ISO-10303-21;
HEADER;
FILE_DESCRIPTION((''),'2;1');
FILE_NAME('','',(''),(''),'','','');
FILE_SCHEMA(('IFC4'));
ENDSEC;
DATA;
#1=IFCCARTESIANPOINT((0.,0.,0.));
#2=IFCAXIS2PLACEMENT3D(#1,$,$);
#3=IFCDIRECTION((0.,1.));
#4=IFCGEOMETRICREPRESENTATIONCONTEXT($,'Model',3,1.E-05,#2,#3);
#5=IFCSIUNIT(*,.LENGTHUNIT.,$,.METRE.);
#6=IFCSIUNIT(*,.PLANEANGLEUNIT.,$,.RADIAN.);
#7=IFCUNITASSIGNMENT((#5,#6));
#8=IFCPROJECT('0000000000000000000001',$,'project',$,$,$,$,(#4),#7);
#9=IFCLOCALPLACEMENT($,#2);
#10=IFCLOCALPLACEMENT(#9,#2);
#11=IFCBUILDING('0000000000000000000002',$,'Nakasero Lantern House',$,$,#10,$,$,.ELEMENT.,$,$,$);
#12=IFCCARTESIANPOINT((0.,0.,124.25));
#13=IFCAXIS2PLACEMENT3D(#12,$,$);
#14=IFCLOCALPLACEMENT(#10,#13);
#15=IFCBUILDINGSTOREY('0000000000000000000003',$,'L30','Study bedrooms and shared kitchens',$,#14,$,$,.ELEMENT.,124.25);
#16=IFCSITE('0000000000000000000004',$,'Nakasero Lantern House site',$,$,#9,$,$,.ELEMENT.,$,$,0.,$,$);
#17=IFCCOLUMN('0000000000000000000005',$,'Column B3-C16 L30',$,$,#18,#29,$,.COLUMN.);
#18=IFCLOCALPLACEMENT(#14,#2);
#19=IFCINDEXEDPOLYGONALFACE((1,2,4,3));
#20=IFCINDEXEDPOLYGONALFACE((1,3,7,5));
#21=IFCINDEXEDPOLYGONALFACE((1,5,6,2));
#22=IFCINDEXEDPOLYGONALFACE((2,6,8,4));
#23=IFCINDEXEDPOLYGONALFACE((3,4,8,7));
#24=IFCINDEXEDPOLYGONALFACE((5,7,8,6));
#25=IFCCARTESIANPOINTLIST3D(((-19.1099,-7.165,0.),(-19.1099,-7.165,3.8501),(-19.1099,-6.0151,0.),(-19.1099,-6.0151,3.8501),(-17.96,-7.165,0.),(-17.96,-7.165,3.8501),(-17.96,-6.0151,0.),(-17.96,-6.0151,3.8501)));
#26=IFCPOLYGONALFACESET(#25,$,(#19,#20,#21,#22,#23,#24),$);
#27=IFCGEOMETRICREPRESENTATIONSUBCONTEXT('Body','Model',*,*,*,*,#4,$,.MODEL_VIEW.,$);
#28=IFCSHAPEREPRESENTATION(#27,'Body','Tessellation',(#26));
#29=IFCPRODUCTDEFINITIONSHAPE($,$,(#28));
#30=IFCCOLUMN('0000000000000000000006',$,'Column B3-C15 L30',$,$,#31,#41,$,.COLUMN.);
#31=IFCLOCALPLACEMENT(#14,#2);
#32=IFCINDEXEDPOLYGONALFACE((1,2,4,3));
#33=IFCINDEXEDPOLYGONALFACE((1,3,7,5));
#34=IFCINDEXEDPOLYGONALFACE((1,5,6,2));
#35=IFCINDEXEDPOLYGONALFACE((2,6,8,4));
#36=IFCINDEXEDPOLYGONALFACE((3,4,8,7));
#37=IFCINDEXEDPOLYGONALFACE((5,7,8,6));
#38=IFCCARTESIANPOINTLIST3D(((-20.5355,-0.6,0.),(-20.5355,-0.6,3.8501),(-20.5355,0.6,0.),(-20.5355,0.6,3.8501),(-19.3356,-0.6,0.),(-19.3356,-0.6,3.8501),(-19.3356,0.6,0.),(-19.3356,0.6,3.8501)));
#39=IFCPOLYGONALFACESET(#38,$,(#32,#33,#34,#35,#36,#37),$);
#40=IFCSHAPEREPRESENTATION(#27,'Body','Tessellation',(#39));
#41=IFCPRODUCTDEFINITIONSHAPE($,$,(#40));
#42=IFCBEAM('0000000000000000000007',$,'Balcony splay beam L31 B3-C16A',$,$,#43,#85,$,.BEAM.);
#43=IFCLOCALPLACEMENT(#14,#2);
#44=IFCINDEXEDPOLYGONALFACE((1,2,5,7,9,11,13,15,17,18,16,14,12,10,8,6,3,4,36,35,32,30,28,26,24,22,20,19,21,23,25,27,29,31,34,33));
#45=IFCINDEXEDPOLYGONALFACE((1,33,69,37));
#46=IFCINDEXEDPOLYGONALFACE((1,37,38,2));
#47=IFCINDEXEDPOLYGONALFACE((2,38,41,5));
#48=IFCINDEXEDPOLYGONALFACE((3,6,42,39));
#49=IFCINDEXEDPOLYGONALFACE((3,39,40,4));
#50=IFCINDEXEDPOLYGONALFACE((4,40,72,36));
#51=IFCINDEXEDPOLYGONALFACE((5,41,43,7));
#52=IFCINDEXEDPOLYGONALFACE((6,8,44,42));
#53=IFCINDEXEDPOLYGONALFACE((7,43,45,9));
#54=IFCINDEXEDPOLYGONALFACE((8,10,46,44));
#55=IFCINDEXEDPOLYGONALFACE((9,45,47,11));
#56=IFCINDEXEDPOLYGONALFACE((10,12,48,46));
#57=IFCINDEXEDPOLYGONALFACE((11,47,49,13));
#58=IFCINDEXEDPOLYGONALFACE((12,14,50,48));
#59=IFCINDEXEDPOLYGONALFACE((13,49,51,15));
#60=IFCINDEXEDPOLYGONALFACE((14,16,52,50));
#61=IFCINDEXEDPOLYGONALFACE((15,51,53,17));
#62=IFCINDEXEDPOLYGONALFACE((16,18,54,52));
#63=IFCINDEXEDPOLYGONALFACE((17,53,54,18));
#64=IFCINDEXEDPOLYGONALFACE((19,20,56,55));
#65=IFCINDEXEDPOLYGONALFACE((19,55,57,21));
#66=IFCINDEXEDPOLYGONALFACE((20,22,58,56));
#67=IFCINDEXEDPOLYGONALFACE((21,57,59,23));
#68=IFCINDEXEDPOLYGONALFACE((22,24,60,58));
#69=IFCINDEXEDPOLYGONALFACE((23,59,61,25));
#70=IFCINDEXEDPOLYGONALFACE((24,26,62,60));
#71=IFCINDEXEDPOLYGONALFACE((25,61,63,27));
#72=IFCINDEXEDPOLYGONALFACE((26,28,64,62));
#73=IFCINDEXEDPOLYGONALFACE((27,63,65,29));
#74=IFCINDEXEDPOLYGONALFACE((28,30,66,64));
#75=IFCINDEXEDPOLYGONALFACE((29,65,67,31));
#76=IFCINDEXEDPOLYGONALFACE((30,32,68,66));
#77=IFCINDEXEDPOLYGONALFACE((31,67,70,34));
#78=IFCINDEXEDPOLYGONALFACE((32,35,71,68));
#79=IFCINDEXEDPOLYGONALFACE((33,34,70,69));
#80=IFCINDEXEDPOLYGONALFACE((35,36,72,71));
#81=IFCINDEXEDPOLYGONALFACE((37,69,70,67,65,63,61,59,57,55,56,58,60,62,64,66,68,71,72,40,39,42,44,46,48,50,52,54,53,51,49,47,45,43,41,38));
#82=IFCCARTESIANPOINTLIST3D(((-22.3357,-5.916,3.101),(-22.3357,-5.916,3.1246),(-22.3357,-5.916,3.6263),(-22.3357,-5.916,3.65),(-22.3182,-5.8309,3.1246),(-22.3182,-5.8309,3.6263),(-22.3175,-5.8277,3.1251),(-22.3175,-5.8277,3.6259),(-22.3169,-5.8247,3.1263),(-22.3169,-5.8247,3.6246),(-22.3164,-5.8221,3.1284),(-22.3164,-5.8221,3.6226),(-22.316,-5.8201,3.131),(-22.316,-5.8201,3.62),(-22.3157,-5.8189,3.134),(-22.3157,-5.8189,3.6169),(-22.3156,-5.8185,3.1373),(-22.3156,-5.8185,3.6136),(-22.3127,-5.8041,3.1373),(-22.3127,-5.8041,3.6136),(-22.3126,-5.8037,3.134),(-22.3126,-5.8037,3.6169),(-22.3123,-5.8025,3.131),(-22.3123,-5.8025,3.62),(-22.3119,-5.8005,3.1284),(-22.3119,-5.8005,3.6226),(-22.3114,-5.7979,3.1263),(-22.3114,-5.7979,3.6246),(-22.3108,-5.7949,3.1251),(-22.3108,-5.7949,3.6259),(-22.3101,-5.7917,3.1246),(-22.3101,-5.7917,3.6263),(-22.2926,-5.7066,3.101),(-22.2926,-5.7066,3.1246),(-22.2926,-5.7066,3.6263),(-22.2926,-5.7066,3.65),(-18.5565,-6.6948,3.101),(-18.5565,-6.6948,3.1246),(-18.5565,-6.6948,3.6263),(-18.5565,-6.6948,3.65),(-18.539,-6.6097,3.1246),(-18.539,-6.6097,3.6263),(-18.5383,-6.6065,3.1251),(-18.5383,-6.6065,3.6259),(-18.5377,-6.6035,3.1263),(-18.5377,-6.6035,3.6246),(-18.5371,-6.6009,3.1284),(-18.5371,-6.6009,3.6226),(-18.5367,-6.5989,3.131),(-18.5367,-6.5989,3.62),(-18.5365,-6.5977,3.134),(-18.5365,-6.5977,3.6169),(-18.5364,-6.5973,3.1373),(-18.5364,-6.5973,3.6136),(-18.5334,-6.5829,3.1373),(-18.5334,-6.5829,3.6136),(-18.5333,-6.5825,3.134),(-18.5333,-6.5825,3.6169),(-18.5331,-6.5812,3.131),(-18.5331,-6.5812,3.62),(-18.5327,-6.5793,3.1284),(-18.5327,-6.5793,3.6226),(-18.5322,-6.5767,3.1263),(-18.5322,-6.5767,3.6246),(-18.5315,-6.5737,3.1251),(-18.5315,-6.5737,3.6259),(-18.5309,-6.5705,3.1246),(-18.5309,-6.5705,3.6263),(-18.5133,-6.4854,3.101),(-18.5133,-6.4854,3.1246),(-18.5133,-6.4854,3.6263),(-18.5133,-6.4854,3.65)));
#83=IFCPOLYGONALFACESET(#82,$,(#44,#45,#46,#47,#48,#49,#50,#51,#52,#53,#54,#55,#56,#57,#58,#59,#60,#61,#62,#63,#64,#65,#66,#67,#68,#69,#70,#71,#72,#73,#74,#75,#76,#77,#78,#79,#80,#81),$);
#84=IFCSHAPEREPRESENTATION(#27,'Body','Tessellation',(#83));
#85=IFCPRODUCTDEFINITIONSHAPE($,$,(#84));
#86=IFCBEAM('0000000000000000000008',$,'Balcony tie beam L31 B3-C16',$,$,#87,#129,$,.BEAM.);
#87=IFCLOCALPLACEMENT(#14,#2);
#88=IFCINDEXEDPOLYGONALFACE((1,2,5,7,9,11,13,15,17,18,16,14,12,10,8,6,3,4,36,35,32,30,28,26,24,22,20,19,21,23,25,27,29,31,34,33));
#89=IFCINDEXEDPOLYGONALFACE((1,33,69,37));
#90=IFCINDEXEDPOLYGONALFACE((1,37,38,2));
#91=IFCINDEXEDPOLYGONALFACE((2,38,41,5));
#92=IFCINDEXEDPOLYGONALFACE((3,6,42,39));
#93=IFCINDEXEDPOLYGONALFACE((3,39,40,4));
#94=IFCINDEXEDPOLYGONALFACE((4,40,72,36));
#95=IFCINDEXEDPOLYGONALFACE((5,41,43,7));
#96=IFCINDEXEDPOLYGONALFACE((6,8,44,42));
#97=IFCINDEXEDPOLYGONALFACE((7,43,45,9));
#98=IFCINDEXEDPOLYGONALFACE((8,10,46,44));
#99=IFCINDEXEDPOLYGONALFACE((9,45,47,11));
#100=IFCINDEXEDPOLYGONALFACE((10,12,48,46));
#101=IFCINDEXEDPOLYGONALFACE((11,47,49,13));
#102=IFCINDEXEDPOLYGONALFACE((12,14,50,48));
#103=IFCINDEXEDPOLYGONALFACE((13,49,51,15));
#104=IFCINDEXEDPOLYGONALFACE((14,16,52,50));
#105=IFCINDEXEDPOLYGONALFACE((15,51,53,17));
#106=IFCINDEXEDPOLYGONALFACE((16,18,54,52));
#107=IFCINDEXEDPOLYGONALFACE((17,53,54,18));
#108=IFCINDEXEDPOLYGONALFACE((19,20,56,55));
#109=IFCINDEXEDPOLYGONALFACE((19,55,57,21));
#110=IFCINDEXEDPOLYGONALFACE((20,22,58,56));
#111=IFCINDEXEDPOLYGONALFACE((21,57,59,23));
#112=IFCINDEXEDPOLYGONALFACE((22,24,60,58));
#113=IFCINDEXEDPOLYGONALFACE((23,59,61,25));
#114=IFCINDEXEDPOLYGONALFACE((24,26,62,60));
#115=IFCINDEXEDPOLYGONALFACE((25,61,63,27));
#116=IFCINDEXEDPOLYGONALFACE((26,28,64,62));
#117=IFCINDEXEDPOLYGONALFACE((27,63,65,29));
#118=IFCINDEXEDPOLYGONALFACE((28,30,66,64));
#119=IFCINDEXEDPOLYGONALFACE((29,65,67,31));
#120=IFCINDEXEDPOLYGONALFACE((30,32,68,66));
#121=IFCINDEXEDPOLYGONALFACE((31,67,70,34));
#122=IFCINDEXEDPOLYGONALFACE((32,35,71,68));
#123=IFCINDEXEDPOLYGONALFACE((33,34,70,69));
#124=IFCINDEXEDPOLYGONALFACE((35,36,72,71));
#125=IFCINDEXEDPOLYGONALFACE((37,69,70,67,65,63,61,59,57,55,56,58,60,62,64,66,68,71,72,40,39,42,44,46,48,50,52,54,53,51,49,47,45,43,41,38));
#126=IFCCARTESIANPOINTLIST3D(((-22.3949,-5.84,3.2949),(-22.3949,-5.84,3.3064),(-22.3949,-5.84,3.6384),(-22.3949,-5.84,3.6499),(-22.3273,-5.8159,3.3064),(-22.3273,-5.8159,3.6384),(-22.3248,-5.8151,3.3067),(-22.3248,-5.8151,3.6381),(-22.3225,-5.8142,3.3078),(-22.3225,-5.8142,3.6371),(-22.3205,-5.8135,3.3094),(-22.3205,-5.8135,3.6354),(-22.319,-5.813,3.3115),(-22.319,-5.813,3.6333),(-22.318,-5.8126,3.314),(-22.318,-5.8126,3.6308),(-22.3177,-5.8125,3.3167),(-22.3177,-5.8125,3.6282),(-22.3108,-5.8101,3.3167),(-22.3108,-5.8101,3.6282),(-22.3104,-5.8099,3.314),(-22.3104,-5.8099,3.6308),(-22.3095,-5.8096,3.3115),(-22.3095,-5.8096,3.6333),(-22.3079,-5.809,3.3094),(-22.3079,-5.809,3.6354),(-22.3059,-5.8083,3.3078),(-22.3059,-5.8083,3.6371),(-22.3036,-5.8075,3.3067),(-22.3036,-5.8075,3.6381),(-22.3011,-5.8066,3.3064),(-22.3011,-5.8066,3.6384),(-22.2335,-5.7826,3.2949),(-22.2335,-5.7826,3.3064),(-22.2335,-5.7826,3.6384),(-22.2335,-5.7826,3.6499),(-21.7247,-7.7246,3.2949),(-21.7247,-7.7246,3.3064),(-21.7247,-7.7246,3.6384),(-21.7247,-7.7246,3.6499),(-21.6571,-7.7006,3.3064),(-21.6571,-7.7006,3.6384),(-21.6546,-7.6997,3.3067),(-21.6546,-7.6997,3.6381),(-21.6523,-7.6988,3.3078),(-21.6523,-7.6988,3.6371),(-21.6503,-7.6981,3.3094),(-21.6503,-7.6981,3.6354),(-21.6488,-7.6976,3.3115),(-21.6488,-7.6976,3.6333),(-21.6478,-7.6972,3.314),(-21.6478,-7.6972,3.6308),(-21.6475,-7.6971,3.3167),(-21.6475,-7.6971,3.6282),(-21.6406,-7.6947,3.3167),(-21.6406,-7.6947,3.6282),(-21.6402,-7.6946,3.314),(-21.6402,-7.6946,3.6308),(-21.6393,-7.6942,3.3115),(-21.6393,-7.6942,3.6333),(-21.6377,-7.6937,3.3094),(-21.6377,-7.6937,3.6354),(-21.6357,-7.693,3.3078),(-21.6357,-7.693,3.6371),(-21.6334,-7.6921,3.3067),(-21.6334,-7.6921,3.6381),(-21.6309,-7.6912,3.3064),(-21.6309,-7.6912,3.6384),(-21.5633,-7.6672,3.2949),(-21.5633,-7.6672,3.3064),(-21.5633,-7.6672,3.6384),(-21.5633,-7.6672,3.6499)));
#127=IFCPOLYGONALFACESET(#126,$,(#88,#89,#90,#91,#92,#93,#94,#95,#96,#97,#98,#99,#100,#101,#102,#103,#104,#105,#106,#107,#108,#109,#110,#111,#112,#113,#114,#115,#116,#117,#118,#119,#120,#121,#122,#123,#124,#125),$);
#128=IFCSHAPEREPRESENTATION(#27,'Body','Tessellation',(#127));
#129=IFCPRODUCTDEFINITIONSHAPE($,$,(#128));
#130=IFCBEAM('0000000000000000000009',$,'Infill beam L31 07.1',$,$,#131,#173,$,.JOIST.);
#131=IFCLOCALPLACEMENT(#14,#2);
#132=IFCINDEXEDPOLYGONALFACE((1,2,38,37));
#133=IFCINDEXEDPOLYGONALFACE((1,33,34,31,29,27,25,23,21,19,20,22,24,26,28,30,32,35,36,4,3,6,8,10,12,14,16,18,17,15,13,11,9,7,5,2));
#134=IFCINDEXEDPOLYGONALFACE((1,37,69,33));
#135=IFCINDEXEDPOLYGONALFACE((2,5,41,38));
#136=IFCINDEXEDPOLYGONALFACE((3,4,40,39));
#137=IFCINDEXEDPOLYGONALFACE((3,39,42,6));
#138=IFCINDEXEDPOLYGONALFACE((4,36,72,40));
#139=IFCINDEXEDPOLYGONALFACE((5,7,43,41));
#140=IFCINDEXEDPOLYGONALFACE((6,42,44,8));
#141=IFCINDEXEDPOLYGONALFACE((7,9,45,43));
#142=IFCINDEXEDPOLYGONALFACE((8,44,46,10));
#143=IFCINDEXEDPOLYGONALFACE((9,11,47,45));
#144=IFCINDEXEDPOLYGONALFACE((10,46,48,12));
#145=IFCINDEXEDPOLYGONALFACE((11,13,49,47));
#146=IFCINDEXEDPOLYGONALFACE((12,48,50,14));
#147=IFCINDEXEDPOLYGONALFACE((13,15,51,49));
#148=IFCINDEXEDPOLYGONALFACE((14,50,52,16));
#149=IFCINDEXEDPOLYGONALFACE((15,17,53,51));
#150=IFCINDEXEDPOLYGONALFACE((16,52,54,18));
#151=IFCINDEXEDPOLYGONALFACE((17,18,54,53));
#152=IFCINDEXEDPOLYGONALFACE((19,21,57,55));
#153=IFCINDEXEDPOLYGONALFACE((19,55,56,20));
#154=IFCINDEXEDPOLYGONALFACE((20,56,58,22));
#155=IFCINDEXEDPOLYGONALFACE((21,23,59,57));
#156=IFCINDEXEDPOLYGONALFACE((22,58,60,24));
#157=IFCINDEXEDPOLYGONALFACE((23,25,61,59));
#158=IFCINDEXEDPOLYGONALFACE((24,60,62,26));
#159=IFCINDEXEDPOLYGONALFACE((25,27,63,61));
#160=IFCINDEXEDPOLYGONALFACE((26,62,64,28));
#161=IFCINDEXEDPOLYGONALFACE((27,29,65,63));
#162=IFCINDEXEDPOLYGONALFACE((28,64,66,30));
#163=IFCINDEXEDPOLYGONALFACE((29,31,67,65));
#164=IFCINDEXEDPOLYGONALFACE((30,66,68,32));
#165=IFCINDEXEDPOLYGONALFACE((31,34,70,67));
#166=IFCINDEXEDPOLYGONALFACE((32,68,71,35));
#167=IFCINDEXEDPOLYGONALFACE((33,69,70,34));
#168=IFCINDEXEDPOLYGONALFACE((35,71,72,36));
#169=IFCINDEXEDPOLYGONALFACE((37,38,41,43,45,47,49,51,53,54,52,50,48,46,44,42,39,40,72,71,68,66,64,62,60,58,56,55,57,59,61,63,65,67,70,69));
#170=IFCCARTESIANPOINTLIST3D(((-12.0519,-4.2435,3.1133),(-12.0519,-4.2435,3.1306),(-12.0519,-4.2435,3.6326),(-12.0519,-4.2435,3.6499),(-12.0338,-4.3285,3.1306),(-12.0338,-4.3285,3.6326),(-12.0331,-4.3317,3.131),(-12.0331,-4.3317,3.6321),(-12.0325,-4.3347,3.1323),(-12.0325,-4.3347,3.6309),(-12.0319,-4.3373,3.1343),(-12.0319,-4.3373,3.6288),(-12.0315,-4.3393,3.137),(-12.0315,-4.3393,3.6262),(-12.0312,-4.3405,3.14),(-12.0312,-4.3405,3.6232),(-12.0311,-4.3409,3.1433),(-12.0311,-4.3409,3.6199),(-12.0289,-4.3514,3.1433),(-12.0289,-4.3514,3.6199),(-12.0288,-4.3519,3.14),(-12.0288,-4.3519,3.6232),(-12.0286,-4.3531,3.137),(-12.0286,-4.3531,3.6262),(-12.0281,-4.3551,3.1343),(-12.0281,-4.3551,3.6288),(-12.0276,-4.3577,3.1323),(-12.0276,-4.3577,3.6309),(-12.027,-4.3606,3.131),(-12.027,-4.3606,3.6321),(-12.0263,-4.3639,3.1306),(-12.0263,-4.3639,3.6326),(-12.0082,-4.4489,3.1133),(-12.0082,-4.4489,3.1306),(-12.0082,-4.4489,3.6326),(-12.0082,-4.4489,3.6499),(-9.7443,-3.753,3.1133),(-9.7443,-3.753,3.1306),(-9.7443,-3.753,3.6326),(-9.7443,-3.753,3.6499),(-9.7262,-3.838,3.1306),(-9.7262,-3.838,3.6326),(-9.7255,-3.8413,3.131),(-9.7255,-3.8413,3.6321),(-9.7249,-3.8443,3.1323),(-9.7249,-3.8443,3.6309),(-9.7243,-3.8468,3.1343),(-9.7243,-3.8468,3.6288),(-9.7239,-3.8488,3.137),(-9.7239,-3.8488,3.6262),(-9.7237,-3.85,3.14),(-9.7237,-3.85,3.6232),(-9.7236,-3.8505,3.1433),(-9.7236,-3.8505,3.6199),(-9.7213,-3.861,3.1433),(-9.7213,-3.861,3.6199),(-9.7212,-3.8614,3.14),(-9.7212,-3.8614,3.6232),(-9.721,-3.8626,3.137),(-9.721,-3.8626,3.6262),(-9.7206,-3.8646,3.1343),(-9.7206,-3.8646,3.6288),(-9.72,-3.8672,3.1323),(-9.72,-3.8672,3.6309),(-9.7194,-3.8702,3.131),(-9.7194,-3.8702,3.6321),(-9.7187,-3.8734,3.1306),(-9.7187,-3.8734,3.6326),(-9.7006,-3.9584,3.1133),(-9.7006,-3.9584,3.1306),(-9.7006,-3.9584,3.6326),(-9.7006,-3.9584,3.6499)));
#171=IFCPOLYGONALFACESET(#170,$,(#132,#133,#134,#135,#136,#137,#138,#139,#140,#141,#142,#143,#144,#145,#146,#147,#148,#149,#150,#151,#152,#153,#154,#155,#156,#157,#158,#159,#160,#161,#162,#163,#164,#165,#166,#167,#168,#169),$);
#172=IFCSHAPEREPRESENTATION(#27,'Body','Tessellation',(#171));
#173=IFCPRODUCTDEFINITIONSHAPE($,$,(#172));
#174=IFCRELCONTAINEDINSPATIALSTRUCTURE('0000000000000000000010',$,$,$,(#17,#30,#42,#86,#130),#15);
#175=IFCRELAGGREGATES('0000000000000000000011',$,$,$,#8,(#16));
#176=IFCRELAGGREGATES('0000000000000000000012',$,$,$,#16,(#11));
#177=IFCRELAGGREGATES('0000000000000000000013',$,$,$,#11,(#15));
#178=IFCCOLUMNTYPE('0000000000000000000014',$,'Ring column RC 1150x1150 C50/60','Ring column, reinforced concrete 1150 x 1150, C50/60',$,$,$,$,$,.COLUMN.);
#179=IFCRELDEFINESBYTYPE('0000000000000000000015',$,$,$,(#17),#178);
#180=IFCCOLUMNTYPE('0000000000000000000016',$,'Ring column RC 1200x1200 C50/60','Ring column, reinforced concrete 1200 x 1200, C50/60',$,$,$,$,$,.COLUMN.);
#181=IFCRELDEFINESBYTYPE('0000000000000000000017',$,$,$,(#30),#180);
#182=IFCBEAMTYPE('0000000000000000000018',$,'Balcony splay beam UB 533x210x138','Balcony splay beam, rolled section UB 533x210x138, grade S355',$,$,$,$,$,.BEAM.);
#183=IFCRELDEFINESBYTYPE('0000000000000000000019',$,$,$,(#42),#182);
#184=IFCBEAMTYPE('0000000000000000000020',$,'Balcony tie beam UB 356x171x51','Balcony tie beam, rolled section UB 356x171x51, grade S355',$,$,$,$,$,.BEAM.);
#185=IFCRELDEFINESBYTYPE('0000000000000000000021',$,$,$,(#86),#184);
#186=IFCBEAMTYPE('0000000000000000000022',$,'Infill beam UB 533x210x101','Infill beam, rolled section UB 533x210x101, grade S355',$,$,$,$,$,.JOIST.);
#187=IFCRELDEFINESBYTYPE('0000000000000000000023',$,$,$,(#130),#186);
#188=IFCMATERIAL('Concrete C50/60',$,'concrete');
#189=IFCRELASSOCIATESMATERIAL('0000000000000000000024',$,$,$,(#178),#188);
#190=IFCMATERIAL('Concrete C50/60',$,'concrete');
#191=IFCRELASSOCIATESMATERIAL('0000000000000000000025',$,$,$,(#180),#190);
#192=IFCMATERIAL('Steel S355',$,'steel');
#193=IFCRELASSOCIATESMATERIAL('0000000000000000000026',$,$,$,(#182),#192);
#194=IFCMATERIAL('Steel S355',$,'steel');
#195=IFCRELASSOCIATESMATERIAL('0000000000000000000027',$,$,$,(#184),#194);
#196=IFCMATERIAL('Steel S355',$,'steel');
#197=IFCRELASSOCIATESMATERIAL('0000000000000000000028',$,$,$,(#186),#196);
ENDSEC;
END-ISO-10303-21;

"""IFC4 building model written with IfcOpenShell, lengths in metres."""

from ifc_helpers import new_model, si_unit, direction, frame, origin, origin_2d, place, context, subcontext, project, spatial, rectangle, i_section, extrude, material, material_profile, profile_set, type_object, element, save


model = new_model("IFC4")

# Units and contexts
model_context = context("Model", 3, precision=1e-05, world=origin(), true_north=direction((0.0, 1.0)))
body_context = subcontext(model_context, "Body", "Model", "MODEL_VIEW")
ifc_project = project(units=[si_unit("LENGTHUNIT", "METRE"), si_unit("PLANEANGLEUNIT", "RADIAN")], contexts=[model_context])

# Site, building, storey
site_placement = place(None, origin())
site = spatial("IfcSite", under=ifc_project, at=site_placement, Name="Nakasero Lantern House site", CompositionType="ELEMENT", RefElevation=0.0)
building_placement = place(site_placement, origin())
building = spatial("IfcBuilding", under=site, at=building_placement, Name="Nakasero Lantern House", CompositionType="ELEMENT")
storey_placement = place(building_placement, frame((0.0, 0.0, 124.25)))
storey = spatial("IfcBuildingStorey", under=building, at=storey_placement, Name="L30", Description="Study bedrooms and shared kitchens", CompositionType="ELEMENT", Elevation=124.25)

# Columns
ifc_material_1 = material(Name="Concrete C50/60", Category="concrete")
ifc_material_profile_1 = material_profile(ifc_material_1, rectangle(XDim=1.1499, YDim=1.1499, at=origin_2d()), Name="RC 1150x1150")
ifc_profile_set_1 = profile_set([ifc_material_profile_1], Name="Concrete C50/60")
column_type_1 = type_object("IfcColumnType", Name="Ring column RC 1150x1150 C50/60", Description="Ring column, reinforced concrete 1150 x 1150, C50/60", PredefinedType="COLUMN", material=ifc_profile_set_1)
column_1_placement = place(storey_placement, frame((-18.5349, -6.5901, 0.0), z_axis=(0.0, 0.0, 1.0), x_axis=(1.0, 0.0, 0.0)))
element("IfcColumn", 1, at=column_1_placement, inside=storey, type_object=column_type_1, Name="Column B3-C16 L30", PredefinedType="COLUMN", context=body_context, shape_type="SweptSolid", body=[
    extrude(rectangle(XDim=1.1499, YDim=1.1499, at=origin_2d()), origin(), (0.0, 0.0, 1.0), 3.8501),
])
ifc_material_2 = material(Name="Concrete C50/60", Category="concrete")
ifc_material_profile_2 = material_profile(ifc_material_2, rectangle(XDim=1.2, YDim=1.2, at=origin_2d()), Name="RC 1200x1200")
ifc_profile_set_2 = profile_set([ifc_material_profile_2], Name="Concrete C50/60")
column_type_2 = type_object("IfcColumnType", Name="Ring column RC 1200x1200 C50/60", Description="Ring column, reinforced concrete 1200 x 1200, C50/60", PredefinedType="COLUMN", material=ifc_profile_set_2)
column_2_placement = place(storey_placement, frame((-19.9355, 0.0, 0.0), z_axis=(0.0, 0.0, 1.0), x_axis=(1.0, 0.0, 0.0)))
element("IfcColumn", 2, at=column_2_placement, inside=storey, type_object=column_type_2, Name="Column B3-C15 L30", PredefinedType="COLUMN", context=body_context, shape_type="SweptSolid", body=[
    extrude(rectangle(XDim=1.2, YDim=1.2, at=origin_2d()), origin(), (0.0, 0.0, 1.0), 3.8501),
])

# Beams
ifc_material_3 = material(Name="Steel S355", Category="steel")
ifc_material_profile_3 = material_profile(ifc_material_3, i_section(OverallWidth=0.2139, OverallDepth=0.5491, WebThickness=0.0146, FlangeThickness=0.0237, FilletRadius=0.0127, at=origin_2d()), Name="UB 533x210x138")
ifc_profile_set_3 = profile_set([ifc_material_profile_3], Name="Steel S355")
beam_type_1 = type_object("IfcBeamType", Name="Balcony splay beam UB 533x210x138", Description="Balcony splay beam, rolled section UB 533x210x138, grade S355", PredefinedType="BEAM", material=ifc_profile_set_3)
beam_1_placement = place(storey_placement, frame((-18.5349, -6.5901, 3.3755), z_axis=(-0.97942, 0.201831, 0.0), x_axis=(-0.201831, -0.97942, 0.0)))
element("IfcBeam", 3, at=beam_1_placement, inside=storey, type_object=beam_type_1, Name="Balcony splay beam L31 B3-C16A", PredefinedType="BEAM", context=body_context, shape_type="SweptSolid", body=[
    extrude(i_section(OverallWidth=0.2139, OverallDepth=0.5491, WebThickness=0.0146, FlangeThickness=0.0237, FilletRadius=0.0127, at=origin_2d()), origin(), (0.0, 0.0, 1.0), 3.8586),
])
ifc_material_4 = material(Name="Steel S355", Category="steel")
ifc_material_profile_4 = material_profile(ifc_material_4, i_section(OverallWidth=0.1714, OverallDepth=0.355, WebThickness=0.0073, FlangeThickness=0.0115, FilletRadius=0.0103, at=origin_2d()), Name="UB 356x171x51")
ifc_profile_set_4 = profile_set([ifc_material_profile_4], Name="Steel S355")
beam_type_2 = type_object("IfcBeamType", Name="Balcony tie beam UB 356x171x51", Description="Balcony tie beam, rolled section UB 356x171x51, grade S355", PredefinedType="BEAM", material=ifc_profile_set_4)
beam_2_placement = place(storey_placement, frame((-22.3142, -5.8113, 3.4724), z_axis=(0.33506, -0.942197, 0.0), x_axis=(0.942197, 0.33506, 0.0)))
element("IfcBeam", 4, at=beam_2_placement, inside=storey, type_object=beam_type_2, Name="Balcony tie beam L31 B3-C16", PredefinedType="BEAM", context=body_context, shape_type="SweptSolid", body=[
    extrude(i_section(OverallWidth=0.1714, OverallDepth=0.355, WebThickness=0.0073, FlangeThickness=0.0115, FilletRadius=0.0103, at=origin_2d()), origin(), (0.0, 0.0, 1.0), 2.0002),
])
ifc_material_5 = material(Name="Steel S355", Category="steel")
ifc_material_profile_5 = material_profile(ifc_material_5, i_section(OverallWidth=0.21, OverallDepth=0.5366, WebThickness=0.0107, FlangeThickness=0.0173, FilletRadius=0.0127, at=origin_2d()), Name="UB 533x210x101")
ifc_profile_set_5 = profile_set([ifc_material_profile_5], Name="Steel S355")
beam_type_3 = type_object("IfcBeamType", Name="Infill beam UB 533x210x101", Description="Infill beam, rolled section UB 533x210x101, grade S355", PredefinedType="JOIST", material=ifc_profile_set_5)
beam_3_placement = place(storey_placement, frame((-12.03, -4.3462, 3.3816), z_axis=(0.978149, 0.207903, 0.0), x_axis=(-0.207903, 0.978149, 0.0)))
element("IfcBeam", 5, at=beam_3_placement, inside=storey, type_object=beam_type_3, Name="Infill beam L31 07.1", PredefinedType="JOIST", context=body_context, shape_type="SweptSolid", body=[
    extrude(i_section(OverallWidth=0.21, OverallDepth=0.5366, WebThickness=0.0107, FlangeThickness=0.0173, FilletRadius=0.0127, at=origin_2d()), origin(), (0.0, 0.0, 1.0), 2.3591),
])

save(model, "model.ifc")
